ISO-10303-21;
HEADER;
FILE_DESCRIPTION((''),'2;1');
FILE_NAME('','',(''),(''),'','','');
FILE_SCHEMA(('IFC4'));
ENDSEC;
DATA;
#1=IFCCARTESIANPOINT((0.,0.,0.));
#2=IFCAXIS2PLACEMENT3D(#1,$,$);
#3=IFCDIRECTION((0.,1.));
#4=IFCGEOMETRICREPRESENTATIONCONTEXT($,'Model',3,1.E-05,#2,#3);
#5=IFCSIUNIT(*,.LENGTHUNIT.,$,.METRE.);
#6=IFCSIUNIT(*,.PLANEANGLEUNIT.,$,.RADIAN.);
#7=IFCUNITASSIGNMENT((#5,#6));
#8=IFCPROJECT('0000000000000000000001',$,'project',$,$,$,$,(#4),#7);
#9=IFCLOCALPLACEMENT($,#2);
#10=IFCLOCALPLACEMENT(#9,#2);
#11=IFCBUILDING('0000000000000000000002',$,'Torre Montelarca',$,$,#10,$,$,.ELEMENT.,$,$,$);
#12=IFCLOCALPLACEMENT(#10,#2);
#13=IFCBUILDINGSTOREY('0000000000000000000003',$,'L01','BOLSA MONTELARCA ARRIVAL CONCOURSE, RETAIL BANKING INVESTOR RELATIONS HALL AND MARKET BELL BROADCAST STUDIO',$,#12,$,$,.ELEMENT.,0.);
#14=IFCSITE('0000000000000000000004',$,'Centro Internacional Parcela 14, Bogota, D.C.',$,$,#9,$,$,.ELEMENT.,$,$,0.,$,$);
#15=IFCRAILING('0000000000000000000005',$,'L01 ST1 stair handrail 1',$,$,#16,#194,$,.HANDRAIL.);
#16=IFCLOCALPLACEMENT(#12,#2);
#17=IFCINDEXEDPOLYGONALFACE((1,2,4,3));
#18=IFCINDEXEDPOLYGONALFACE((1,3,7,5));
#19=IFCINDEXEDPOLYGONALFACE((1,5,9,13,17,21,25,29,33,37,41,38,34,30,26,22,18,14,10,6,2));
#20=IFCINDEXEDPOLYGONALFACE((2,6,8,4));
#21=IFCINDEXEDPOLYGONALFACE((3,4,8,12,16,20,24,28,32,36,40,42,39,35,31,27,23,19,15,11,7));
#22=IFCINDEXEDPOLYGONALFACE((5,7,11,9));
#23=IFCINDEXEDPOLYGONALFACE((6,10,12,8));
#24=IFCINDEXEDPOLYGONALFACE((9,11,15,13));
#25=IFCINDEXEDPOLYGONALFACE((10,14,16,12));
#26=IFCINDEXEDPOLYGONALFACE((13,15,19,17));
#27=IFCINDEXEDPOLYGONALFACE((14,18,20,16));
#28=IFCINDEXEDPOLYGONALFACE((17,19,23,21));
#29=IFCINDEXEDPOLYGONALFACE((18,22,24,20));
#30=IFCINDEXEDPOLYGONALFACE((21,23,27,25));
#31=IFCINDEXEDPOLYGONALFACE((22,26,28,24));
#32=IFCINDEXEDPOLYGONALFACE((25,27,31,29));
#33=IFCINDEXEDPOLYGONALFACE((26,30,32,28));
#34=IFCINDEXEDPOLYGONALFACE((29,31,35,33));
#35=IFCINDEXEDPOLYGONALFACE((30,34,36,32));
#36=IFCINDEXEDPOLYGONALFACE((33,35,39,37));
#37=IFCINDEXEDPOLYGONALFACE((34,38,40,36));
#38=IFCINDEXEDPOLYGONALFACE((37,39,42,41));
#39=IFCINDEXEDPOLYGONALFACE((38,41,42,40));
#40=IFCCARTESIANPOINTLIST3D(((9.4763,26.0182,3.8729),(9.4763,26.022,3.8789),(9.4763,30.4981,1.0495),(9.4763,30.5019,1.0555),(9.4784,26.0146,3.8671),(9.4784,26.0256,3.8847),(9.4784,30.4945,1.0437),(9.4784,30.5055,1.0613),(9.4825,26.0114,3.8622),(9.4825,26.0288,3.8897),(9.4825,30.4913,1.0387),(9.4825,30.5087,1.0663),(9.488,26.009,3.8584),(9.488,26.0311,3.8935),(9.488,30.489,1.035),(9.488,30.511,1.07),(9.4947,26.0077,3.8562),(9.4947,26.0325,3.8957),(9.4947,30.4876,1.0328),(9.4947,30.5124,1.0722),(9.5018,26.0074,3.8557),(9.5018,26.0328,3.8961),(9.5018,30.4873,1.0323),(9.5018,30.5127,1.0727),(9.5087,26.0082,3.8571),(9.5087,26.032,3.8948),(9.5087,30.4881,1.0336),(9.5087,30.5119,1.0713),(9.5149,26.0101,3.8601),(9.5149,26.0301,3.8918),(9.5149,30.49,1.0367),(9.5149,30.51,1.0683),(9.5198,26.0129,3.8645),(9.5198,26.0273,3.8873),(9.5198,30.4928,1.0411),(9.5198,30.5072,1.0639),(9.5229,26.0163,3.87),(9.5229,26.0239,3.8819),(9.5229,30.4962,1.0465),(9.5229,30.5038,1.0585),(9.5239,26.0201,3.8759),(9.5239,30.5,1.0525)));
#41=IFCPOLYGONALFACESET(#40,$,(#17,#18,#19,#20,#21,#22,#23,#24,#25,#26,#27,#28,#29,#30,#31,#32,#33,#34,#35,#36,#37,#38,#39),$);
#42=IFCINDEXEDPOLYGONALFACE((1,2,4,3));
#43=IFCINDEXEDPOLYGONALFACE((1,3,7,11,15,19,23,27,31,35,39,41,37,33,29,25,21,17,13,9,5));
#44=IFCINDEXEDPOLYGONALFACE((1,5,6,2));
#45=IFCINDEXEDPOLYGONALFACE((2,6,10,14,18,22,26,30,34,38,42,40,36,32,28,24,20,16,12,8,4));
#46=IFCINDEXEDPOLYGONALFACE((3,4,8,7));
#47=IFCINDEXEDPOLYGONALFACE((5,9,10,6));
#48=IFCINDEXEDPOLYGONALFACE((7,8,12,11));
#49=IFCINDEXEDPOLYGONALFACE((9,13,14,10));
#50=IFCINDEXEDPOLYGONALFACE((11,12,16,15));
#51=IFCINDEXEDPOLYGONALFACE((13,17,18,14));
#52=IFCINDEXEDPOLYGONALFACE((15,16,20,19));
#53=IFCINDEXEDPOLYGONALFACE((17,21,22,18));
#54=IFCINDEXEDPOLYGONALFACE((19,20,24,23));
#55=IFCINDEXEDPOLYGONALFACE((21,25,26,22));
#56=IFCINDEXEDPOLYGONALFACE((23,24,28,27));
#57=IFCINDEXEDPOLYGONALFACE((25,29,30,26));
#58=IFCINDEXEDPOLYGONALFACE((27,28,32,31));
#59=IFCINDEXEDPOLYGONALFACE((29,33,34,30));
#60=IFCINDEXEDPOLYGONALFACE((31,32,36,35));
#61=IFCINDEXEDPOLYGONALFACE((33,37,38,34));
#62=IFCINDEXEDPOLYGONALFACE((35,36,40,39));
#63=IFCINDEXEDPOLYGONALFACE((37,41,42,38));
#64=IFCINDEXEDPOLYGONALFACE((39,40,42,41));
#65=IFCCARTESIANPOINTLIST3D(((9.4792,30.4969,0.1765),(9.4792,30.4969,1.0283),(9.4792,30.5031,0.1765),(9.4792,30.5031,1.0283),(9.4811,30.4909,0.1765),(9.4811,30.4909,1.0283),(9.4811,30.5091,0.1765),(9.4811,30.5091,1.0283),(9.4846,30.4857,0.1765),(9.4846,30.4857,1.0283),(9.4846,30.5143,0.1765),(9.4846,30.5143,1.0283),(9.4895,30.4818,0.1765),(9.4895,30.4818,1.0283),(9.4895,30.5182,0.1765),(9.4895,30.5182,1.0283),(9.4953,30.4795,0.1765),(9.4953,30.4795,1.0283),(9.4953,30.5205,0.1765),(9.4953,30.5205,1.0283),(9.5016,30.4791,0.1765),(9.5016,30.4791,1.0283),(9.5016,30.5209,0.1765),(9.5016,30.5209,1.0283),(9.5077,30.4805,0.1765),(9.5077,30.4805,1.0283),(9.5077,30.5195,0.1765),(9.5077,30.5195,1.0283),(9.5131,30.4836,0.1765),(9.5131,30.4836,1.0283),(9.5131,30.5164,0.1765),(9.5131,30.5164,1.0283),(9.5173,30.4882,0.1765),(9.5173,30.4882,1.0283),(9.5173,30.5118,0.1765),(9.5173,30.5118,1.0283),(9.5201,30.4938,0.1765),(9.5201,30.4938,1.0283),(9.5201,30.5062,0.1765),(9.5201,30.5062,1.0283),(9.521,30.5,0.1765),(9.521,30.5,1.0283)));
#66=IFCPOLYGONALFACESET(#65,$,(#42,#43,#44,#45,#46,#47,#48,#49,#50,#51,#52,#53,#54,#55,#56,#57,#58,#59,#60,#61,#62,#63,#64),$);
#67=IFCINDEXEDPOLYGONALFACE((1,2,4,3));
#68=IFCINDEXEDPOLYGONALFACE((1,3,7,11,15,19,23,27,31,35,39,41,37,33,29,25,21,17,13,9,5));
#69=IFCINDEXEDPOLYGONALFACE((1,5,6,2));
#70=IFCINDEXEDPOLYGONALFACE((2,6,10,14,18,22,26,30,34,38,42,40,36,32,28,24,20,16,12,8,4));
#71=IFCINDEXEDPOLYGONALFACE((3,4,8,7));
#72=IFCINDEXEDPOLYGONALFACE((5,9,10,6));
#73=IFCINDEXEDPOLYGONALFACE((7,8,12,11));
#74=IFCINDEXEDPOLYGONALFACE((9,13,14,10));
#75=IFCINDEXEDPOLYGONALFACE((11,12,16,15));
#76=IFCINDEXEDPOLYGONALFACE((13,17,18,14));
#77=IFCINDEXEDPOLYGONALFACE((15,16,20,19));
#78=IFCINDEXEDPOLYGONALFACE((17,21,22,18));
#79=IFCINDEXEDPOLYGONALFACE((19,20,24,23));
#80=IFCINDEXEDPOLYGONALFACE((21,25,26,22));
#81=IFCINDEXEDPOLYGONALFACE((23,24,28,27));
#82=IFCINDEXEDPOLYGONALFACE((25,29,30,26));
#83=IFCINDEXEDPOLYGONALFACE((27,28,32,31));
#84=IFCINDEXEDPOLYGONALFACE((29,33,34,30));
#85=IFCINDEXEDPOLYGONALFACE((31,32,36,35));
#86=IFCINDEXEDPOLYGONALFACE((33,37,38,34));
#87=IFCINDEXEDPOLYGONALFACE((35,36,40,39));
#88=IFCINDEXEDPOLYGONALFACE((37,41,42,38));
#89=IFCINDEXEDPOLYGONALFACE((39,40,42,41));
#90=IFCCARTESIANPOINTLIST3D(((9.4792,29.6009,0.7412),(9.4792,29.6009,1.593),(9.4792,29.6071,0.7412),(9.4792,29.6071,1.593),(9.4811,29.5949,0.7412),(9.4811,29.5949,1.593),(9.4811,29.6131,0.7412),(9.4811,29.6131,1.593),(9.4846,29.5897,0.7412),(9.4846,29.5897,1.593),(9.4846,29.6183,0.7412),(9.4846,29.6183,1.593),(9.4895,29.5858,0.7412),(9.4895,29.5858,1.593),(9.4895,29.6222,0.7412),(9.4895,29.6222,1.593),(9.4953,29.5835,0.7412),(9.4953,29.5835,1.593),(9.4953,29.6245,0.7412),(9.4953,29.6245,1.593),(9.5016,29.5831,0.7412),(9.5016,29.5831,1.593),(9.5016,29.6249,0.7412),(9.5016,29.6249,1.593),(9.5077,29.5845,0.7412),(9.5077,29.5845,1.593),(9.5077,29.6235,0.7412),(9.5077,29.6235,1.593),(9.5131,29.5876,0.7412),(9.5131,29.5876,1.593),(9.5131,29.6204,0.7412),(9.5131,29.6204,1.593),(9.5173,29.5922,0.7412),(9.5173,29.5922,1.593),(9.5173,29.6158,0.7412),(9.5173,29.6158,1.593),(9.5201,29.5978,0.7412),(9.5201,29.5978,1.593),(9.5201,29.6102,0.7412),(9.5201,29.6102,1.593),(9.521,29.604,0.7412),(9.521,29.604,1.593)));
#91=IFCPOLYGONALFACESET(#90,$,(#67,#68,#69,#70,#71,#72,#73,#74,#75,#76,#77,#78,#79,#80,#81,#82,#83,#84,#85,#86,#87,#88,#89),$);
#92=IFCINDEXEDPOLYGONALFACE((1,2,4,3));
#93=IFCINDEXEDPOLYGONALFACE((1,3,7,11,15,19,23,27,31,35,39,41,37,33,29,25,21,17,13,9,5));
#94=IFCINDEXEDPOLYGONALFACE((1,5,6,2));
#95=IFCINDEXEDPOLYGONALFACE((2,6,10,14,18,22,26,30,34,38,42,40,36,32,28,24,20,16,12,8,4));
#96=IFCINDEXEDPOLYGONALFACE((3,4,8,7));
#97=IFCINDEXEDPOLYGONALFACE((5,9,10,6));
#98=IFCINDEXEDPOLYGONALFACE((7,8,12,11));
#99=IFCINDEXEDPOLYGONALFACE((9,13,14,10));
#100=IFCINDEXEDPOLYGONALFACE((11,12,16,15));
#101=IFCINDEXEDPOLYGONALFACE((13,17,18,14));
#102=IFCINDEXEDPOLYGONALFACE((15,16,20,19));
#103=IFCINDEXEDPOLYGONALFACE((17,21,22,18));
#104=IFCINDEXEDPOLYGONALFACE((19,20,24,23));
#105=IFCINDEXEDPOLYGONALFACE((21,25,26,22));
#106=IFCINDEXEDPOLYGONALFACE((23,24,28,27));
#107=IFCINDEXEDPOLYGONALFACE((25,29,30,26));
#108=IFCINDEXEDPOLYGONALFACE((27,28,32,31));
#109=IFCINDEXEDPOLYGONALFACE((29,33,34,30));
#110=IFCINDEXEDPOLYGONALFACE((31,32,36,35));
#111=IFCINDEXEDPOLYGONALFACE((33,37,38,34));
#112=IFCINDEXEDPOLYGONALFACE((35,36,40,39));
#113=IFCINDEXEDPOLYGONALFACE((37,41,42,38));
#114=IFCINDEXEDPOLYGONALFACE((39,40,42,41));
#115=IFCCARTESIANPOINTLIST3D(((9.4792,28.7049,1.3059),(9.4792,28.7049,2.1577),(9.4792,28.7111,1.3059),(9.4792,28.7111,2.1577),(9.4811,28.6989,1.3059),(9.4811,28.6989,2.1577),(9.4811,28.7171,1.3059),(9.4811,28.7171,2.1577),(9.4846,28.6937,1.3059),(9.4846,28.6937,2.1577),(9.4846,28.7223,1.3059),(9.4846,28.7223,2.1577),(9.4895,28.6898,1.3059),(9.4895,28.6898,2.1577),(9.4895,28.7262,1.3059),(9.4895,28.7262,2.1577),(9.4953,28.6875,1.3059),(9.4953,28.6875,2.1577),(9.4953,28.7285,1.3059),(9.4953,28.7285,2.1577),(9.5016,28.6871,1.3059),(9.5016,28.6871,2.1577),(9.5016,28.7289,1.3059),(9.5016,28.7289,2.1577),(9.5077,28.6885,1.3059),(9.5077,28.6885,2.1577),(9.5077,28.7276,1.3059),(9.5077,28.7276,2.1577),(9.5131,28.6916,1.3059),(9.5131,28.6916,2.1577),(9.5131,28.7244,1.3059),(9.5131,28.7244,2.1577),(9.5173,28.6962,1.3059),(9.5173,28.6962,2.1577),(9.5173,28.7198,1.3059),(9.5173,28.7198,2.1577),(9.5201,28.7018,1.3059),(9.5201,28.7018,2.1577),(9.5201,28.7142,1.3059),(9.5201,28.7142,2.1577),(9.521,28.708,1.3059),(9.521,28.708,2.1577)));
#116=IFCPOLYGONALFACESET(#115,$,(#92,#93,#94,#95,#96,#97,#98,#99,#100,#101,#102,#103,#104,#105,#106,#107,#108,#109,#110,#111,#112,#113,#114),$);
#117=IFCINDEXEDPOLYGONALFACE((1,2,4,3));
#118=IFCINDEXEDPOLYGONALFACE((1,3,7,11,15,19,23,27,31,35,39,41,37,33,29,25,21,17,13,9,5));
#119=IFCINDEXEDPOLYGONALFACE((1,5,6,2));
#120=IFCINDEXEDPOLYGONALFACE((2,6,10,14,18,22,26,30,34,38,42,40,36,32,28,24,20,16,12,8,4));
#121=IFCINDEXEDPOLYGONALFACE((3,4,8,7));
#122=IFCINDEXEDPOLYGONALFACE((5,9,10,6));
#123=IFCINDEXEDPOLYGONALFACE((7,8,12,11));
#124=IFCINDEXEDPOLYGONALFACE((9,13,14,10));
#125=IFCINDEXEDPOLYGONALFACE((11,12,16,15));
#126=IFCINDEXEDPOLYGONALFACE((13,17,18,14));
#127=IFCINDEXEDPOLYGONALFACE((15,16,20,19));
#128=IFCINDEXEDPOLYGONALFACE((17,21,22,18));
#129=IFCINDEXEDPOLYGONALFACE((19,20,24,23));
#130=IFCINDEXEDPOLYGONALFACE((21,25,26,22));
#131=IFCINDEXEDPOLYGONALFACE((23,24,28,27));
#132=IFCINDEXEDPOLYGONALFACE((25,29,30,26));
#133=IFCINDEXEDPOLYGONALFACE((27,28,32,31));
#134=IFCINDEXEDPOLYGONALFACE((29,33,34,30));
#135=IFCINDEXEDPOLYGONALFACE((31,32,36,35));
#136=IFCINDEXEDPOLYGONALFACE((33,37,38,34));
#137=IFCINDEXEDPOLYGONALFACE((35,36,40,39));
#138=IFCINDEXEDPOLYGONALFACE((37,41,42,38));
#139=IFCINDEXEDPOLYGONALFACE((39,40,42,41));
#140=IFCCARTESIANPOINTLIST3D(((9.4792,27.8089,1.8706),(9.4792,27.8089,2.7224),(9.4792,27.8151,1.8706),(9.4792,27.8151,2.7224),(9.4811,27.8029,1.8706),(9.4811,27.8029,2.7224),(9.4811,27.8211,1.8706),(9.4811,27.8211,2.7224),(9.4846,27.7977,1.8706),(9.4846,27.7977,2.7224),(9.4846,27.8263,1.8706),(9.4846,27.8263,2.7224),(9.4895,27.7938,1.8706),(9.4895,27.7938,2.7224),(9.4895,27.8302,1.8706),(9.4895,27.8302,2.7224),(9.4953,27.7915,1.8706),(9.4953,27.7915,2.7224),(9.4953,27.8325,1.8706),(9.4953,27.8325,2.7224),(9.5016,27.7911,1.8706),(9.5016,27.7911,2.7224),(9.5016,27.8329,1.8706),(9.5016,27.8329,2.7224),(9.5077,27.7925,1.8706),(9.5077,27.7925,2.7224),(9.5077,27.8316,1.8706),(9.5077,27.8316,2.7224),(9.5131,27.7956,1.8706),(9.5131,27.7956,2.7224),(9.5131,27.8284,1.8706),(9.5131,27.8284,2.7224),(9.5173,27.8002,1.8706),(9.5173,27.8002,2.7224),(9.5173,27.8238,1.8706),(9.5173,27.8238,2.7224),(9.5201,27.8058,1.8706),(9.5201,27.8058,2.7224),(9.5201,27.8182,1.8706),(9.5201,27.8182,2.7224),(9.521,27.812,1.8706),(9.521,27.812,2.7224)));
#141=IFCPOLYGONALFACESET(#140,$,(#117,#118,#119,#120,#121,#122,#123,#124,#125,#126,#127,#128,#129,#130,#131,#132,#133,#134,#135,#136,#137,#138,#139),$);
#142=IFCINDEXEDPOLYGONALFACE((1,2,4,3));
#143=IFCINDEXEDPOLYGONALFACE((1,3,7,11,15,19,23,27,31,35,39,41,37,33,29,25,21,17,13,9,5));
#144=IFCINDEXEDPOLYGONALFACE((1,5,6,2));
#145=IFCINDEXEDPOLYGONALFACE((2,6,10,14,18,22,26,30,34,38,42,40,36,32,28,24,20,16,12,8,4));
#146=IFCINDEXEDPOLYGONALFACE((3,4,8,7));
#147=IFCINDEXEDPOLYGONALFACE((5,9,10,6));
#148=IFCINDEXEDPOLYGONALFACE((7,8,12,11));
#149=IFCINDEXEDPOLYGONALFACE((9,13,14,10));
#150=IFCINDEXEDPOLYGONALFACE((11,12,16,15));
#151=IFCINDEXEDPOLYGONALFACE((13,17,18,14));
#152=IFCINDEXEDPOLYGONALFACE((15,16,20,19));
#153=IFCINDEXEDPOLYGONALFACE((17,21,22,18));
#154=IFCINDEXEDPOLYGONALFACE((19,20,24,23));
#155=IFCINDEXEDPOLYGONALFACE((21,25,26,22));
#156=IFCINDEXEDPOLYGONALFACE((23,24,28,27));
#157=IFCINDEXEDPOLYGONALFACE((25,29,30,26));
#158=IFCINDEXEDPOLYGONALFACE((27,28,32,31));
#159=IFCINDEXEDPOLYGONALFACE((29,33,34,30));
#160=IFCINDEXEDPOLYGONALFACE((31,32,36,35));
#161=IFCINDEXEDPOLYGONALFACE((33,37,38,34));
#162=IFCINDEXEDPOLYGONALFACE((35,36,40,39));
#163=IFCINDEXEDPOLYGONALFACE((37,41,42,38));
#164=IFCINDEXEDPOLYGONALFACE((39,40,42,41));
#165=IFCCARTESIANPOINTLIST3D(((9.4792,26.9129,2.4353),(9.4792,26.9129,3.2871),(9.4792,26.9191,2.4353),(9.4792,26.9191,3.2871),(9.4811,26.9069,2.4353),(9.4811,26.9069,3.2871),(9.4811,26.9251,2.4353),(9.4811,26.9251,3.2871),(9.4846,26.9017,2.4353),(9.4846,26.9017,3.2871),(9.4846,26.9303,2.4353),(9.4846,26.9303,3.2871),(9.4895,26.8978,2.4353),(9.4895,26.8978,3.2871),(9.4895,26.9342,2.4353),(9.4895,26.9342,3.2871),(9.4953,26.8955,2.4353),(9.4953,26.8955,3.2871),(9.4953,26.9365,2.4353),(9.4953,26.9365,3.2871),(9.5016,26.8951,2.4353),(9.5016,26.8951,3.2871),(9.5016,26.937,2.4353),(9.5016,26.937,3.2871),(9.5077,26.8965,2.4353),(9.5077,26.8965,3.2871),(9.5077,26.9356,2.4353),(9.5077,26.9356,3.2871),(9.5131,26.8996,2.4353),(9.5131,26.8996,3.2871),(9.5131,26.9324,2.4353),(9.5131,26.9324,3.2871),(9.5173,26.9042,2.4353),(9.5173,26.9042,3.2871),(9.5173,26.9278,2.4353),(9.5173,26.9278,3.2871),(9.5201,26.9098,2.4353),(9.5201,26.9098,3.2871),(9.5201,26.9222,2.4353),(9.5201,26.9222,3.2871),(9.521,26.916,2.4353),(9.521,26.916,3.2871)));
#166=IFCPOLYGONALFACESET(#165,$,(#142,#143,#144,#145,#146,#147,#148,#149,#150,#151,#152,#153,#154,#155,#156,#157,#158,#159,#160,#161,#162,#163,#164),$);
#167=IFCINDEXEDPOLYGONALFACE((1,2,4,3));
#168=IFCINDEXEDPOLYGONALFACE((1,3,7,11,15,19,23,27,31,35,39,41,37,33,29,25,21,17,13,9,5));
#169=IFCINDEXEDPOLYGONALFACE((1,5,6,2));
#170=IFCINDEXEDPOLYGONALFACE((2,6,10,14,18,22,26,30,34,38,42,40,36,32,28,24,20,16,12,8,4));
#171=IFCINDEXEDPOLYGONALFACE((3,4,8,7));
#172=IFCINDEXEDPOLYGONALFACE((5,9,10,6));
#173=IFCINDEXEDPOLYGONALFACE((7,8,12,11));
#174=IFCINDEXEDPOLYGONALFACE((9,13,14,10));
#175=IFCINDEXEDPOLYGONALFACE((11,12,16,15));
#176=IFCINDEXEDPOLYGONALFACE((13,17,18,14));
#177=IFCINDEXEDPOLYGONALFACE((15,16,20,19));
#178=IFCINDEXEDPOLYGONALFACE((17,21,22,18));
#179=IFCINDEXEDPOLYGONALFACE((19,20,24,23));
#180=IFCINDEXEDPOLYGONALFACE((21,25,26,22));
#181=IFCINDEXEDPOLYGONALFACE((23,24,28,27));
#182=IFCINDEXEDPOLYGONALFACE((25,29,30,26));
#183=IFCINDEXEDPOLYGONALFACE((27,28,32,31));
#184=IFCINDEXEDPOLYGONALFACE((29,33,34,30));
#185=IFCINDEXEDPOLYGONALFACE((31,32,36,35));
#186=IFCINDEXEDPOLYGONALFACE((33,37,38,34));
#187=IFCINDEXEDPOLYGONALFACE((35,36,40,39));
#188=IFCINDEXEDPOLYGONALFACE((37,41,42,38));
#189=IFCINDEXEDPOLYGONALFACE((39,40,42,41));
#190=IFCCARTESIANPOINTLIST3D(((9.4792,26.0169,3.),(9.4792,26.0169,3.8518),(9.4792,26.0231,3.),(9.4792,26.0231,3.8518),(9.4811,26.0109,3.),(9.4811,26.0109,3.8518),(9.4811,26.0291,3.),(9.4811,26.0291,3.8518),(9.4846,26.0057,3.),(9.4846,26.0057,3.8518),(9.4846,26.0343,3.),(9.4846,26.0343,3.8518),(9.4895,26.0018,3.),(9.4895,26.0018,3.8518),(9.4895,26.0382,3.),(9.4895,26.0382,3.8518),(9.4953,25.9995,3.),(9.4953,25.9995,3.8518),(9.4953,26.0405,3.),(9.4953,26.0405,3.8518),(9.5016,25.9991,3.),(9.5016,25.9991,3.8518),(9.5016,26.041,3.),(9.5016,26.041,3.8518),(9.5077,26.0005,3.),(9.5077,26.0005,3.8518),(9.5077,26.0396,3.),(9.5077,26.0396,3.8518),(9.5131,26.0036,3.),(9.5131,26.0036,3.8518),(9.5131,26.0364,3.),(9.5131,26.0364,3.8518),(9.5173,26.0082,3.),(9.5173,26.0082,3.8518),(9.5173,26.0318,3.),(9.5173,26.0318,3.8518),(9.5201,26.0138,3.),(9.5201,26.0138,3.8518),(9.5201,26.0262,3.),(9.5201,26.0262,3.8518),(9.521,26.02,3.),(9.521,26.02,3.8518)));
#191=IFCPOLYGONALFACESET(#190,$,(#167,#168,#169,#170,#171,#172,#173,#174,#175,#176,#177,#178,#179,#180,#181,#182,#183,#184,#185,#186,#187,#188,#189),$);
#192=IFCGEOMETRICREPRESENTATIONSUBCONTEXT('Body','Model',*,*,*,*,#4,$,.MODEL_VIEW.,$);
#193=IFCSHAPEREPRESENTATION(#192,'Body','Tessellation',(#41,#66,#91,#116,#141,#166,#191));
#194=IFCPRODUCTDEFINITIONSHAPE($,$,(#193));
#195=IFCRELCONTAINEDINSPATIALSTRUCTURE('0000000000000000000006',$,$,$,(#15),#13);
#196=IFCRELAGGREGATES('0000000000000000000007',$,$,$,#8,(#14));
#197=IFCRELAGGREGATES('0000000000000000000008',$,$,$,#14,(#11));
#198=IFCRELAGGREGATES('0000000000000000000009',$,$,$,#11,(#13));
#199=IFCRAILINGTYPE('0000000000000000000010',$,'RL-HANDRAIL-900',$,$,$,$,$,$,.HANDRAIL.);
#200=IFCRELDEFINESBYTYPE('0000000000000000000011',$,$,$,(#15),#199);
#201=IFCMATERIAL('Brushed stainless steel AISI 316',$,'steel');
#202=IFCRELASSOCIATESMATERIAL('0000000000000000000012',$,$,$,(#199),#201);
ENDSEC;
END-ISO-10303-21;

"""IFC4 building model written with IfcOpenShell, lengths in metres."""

from ifc_helpers import new_model, si_unit, direction, frame, origin, origin_2d, place, context, subcontext, project, spatial, circle, extrude, material, type_object, element, save


model = new_model("IFC4")

# Units and contexts
model_context = context("Model", 3, precision=1e-05, world=origin(), true_north=direction((0.0, 1.0)))
body_context = subcontext(model_context, "Body", "Model", "MODEL_VIEW")
ifc_project = project(units=[si_unit("LENGTHUNIT", "METRE"), si_unit("PLANEANGLEUNIT", "RADIAN")], contexts=[model_context])

# Site, building, storey
site_placement = place(None, origin())
site = spatial("IfcSite", under=ifc_project, at=site_placement, Name="Centro Internacional Parcela 14, Bogota, D.C.", CompositionType="ELEMENT", RefElevation=0.0)
building_placement = place(site_placement, origin())
building = spatial("IfcBuilding", under=site, at=building_placement, Name="Torre Montelarca", CompositionType="ELEMENT")
storey_placement = place(building_placement, origin())
storey = spatial("IfcBuildingStorey", under=building, at=storey_placement, Name="L01", Description="BOLSA MONTELARCA ARRIVAL CONCOURSE, RETAIL BANKING INVESTOR RELATIONS HALL AND MARKET BELL BROADCAST STUDIO", CompositionType="ELEMENT", Elevation=0.0)

# Shared definitions
ifc_material_1 = material(Name="Brushed stainless steel AISI 316", Category="steel")

# Railing
railing_type_1 = type_object("IfcRailingType", Name="RL-HANDRAIL-900", PredefinedType="HANDRAIL", material=ifc_material_1)
railing_1_placement = place(storey_placement, frame((9.5, 30.5, 0.1765)))
element("IfcRailing", 1, at=railing_1_placement, inside=storey, type_object=railing_type_1, Name="L01 ST1 stair handrail 1", PredefinedType="HANDRAIL", context=body_context, shape_type="SweptSolid", body=[
    extrude(circle(Radius=0.0239, at=origin_2d()), frame((0.0, 0.0, 0.876), z_axis=(0.0, -0.845998, 0.533186), x_axis=(1.0, 0.0, 0.0)), (0.0, 0.0, 1.0), 5.2954),
    extrude(circle(Radius=0.021, at=origin_2d()), origin(), (0.0, 0.0, 1.0), 0.8518),
    extrude(circle(Radius=0.021, at=origin_2d()), frame((0.0, -0.896, 0.5647)), (0.0, 0.0, 1.0), 0.8518),
    extrude(circle(Radius=0.021, at=origin_2d()), frame((0.0, -1.792, 1.1294)), (0.0, 0.0, 1.0), 0.8518),
    extrude(circle(Radius=0.021, at=origin_2d()), frame((0.0, -2.688, 1.6941)), (0.0, 0.0, 1.0), 0.8518),
    extrude(circle(Radius=0.021, at=origin_2d()), frame((0.0, -3.584, 2.2588)), (0.0, 0.0, 1.0), 0.8518),
    extrude(circle(Radius=0.021, at=origin_2d()), frame((0.0, -4.48, 2.8235)), (0.0, 0.0, 1.0), 0.8518),
])

save(model, "model.ifc")
